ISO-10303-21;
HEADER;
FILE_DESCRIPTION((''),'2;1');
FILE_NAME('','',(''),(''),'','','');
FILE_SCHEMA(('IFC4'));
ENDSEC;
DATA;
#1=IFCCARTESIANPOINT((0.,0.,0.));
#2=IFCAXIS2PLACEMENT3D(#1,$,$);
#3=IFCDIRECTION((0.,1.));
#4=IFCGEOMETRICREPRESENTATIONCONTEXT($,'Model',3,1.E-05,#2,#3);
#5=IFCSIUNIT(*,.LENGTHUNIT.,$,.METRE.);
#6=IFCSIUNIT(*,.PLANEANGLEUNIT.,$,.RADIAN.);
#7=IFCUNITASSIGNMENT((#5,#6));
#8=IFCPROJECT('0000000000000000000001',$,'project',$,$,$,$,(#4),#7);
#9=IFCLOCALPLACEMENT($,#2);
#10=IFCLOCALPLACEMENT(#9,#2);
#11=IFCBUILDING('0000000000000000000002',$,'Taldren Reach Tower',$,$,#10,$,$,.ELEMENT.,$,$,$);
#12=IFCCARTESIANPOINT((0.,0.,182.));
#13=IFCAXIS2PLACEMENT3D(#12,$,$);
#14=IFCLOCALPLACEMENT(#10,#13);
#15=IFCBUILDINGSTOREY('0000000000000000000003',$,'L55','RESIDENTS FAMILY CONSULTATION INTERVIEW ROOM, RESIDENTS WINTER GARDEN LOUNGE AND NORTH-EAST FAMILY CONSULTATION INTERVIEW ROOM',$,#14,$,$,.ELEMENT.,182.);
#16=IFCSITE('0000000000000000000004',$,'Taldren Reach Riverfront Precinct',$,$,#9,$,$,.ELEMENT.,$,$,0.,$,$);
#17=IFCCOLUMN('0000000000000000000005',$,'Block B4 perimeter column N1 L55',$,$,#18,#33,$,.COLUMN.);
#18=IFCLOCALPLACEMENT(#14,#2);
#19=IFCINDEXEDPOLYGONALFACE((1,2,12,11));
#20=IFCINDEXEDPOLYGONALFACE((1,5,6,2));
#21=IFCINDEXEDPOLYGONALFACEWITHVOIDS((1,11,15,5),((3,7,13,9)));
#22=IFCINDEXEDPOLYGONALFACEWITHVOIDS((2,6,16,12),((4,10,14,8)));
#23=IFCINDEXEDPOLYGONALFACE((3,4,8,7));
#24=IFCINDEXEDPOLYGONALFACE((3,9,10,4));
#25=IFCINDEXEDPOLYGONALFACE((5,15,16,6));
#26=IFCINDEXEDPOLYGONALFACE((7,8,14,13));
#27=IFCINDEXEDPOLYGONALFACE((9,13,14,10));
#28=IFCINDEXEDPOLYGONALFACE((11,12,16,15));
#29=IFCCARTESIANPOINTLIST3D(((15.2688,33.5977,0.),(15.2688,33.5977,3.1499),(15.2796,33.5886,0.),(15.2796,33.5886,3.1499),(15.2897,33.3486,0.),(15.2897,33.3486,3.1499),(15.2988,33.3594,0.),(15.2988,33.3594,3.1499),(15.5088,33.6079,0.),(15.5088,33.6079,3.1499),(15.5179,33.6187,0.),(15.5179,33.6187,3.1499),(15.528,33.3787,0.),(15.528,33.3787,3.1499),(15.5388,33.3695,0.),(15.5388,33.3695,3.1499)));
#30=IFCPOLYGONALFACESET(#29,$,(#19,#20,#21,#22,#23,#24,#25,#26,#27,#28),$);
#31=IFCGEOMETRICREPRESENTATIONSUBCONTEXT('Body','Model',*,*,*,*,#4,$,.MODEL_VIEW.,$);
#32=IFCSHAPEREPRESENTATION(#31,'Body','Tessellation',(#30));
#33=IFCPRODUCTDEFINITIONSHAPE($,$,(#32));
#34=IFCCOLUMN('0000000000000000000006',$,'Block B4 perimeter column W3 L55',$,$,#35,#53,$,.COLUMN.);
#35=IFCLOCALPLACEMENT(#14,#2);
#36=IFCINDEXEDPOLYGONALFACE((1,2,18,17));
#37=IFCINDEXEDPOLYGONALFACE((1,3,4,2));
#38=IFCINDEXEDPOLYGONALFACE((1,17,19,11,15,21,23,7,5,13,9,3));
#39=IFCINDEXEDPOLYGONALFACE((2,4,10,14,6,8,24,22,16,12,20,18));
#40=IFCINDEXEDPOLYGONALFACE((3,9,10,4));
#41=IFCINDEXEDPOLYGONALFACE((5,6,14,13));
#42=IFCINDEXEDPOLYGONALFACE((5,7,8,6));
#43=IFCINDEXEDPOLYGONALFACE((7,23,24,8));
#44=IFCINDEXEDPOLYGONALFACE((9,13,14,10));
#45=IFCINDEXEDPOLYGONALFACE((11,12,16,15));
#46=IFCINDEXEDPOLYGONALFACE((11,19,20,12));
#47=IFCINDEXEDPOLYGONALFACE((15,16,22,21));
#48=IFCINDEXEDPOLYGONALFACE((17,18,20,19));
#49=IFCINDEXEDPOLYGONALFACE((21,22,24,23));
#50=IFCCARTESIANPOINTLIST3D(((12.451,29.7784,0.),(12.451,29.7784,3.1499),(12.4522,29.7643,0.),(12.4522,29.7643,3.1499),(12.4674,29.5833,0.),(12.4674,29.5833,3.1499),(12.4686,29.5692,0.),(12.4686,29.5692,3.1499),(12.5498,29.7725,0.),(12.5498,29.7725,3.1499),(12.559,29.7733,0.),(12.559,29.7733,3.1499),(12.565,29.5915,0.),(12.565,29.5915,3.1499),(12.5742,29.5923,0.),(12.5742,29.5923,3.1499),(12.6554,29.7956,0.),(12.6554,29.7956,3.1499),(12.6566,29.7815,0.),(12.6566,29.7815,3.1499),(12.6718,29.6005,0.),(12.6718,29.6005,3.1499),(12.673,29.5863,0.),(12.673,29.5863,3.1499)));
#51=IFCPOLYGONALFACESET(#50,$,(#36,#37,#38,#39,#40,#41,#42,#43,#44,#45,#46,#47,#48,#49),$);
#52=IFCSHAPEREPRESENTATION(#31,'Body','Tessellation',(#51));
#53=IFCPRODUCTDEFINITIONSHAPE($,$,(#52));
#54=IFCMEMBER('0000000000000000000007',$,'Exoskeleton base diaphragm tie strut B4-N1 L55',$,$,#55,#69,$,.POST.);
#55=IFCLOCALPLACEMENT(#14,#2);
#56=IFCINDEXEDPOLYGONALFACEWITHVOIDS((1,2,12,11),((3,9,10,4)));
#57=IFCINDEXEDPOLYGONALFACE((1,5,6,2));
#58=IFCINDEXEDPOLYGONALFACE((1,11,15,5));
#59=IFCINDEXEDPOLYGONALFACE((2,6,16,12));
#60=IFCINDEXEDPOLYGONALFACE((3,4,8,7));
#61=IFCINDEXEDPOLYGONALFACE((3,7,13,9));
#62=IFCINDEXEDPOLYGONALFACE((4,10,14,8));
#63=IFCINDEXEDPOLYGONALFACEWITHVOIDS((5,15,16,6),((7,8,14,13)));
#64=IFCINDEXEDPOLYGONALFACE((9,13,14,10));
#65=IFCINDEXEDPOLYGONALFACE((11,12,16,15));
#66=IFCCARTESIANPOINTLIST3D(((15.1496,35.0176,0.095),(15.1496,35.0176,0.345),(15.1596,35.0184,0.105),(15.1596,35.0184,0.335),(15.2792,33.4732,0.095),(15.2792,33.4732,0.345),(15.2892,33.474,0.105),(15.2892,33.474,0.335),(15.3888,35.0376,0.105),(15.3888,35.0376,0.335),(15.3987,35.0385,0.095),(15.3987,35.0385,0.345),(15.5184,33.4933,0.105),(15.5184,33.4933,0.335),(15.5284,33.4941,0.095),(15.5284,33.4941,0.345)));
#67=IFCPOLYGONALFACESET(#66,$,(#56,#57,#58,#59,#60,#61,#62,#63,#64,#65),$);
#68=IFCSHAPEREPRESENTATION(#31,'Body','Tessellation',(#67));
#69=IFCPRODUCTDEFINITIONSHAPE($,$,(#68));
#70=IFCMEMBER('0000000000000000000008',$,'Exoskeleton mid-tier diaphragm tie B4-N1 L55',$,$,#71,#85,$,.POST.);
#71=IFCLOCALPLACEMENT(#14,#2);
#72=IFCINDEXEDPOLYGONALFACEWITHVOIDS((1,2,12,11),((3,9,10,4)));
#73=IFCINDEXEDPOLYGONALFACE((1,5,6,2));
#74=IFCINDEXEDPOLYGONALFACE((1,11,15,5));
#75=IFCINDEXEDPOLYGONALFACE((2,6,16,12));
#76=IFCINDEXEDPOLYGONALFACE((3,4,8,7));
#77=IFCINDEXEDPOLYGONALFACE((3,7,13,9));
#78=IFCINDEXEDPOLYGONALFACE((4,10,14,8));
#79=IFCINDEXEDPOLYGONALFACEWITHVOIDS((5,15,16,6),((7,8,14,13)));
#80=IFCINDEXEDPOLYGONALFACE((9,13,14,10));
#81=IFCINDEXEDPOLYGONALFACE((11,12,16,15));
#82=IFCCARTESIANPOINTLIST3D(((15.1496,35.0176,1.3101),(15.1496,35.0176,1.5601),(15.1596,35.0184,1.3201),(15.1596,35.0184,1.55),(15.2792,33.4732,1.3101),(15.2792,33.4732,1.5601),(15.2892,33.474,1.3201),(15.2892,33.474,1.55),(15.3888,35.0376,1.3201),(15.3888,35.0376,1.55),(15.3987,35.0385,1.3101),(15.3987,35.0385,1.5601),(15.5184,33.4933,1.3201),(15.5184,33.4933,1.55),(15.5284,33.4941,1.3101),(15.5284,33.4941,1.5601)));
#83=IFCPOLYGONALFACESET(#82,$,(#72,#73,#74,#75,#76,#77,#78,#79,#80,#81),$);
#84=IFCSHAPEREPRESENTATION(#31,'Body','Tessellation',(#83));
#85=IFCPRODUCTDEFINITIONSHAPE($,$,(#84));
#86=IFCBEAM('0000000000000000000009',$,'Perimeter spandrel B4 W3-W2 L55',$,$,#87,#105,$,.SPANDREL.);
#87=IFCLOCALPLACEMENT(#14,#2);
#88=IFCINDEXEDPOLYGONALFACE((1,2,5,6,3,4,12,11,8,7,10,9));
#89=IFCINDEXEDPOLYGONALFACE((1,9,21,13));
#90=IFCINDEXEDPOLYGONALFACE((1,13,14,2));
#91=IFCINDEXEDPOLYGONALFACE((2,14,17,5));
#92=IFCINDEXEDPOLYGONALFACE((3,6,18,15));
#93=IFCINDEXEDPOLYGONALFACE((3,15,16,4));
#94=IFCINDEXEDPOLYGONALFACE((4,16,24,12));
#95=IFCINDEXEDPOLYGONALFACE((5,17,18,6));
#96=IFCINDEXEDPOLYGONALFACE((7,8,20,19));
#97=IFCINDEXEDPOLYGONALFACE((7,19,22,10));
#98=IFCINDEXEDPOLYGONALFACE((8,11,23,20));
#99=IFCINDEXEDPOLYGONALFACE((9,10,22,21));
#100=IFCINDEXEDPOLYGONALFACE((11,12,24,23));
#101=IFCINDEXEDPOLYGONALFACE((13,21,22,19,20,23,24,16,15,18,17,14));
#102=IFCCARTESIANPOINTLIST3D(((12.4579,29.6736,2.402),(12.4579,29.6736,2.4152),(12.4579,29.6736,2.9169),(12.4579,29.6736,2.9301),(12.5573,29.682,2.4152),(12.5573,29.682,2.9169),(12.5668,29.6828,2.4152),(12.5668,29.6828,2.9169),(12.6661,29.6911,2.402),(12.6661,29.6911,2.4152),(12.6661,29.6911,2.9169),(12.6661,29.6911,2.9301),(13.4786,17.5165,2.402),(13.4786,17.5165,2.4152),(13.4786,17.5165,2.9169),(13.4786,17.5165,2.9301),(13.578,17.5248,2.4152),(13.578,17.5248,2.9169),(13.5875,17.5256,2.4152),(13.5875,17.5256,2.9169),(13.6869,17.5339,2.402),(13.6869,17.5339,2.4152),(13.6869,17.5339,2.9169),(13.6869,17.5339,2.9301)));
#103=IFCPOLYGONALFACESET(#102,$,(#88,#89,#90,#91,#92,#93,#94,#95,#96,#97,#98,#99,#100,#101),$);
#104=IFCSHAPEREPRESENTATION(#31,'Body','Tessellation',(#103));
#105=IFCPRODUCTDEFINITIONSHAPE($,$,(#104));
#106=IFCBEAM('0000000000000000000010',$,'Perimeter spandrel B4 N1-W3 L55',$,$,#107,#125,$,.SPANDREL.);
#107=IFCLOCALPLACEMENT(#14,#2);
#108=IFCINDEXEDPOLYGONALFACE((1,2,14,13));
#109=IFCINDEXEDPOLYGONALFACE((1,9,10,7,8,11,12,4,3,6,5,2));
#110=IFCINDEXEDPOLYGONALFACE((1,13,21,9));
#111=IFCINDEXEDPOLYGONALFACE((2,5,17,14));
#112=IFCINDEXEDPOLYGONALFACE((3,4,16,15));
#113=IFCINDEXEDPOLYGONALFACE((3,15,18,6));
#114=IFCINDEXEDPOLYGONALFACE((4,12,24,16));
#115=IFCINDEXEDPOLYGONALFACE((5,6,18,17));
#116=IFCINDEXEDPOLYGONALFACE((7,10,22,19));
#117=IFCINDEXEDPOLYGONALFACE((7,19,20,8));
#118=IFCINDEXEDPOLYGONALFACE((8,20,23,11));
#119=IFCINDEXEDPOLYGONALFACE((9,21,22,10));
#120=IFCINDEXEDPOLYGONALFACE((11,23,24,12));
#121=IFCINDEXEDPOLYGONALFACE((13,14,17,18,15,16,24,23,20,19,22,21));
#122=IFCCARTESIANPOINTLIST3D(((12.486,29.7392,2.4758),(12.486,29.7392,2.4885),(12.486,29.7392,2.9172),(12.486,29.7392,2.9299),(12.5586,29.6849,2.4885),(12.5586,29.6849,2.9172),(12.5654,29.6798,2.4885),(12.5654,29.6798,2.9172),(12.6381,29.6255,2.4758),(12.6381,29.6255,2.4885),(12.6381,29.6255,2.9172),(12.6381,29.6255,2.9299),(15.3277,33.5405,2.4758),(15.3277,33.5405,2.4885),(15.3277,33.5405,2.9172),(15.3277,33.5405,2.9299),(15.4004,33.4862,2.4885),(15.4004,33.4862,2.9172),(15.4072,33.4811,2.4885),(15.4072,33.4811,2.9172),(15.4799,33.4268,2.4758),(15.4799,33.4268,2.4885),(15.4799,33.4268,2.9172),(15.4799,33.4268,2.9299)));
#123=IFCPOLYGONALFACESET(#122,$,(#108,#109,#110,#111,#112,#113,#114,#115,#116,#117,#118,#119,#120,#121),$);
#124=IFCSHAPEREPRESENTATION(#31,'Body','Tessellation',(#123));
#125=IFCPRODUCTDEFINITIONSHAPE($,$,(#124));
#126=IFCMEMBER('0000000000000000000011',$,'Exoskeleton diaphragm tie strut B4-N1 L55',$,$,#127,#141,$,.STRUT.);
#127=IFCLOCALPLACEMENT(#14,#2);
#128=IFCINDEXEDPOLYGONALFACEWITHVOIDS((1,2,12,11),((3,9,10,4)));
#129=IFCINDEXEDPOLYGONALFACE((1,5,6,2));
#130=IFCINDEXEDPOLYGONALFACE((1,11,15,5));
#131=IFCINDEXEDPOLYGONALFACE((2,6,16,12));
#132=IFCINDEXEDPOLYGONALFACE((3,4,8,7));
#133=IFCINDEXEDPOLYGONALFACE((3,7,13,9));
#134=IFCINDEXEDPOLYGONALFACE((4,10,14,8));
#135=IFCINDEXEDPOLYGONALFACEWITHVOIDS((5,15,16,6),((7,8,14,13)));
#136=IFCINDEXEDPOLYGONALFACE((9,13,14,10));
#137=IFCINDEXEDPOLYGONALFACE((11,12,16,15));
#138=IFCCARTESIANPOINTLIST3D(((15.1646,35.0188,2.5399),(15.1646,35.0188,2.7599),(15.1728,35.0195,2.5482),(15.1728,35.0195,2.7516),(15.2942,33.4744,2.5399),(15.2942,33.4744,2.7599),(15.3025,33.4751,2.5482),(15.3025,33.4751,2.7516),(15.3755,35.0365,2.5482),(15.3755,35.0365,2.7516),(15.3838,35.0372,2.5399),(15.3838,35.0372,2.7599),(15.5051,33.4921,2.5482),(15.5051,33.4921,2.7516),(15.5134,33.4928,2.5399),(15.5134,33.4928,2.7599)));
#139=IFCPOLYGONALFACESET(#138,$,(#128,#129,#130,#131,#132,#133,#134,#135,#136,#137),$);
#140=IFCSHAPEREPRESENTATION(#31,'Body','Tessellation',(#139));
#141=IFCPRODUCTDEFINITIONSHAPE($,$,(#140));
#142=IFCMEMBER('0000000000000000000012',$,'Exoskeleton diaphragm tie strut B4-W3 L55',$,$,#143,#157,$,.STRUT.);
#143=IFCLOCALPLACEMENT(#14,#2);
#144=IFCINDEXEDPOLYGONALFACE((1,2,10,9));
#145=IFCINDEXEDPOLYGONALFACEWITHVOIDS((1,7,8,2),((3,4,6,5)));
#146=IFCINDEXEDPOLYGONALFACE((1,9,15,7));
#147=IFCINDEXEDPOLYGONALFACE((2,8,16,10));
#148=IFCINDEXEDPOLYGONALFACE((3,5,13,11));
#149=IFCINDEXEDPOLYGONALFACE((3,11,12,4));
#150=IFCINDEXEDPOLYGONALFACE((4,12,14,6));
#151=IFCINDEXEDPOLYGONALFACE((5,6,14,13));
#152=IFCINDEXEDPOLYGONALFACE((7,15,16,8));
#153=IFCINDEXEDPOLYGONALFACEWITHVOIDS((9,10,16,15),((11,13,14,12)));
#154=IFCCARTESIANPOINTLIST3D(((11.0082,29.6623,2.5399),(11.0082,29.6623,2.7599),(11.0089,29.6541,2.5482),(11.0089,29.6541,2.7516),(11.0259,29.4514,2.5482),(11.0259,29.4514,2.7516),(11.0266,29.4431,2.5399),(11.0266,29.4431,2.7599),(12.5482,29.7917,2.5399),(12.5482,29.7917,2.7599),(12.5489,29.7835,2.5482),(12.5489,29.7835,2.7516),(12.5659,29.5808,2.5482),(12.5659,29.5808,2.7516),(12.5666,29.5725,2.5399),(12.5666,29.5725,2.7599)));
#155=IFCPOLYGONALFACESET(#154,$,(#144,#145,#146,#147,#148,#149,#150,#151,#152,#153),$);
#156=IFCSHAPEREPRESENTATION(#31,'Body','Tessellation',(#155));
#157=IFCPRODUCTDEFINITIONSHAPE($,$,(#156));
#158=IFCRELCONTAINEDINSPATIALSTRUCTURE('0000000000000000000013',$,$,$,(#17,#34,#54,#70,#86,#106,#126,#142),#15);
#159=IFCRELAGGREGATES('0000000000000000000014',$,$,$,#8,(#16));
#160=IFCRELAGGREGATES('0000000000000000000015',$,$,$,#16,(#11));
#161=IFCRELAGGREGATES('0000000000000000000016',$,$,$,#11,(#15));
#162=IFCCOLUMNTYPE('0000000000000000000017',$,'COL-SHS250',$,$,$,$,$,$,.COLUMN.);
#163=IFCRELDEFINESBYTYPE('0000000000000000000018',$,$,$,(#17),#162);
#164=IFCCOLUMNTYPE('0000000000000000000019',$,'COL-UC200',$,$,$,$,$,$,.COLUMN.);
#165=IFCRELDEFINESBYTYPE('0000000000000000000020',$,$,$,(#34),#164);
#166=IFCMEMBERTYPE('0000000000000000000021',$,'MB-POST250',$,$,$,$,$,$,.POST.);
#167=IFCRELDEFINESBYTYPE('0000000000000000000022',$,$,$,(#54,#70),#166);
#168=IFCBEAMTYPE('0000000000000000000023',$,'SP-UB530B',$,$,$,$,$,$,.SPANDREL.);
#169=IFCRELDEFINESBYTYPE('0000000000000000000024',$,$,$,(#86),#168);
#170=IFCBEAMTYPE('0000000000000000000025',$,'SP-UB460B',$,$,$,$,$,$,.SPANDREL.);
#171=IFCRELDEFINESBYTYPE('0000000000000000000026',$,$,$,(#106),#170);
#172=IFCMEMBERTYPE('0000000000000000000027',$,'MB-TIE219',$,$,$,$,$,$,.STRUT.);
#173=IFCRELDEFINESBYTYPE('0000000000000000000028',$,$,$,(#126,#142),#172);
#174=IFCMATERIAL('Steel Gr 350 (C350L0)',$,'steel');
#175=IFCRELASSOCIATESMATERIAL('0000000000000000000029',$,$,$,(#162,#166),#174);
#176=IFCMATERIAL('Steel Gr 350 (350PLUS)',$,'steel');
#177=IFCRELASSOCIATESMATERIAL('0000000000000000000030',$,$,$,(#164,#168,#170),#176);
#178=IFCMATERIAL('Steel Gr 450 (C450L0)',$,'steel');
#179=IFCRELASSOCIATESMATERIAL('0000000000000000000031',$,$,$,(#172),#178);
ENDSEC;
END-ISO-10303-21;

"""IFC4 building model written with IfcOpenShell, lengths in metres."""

from ifc_helpers import new_model, si_unit, direction, frame, origin, origin_2d, place, context, subcontext, project, spatial, hollow_rectangle, i_section, extrude, source, transform, mapped, material, material_profile, profile_set, type_object, element, save


model = new_model("IFC4")

# Units and contexts
model_context = context("Model", 3, precision=1e-05, world=origin(), true_north=direction((0.0, 1.0)))
body_context = subcontext(model_context, "Body", "Model", "MODEL_VIEW")
ifc_project = project(units=[si_unit("LENGTHUNIT", "METRE"), si_unit("PLANEANGLEUNIT", "RADIAN")], contexts=[model_context])

# Site, building, storey
site_placement = place(None, origin())
site = spatial("IfcSite", under=ifc_project, at=site_placement, Name="Taldren Reach Riverfront Precinct", CompositionType="ELEMENT", RefElevation=0.0)
building_placement = place(site_placement, origin())
building = spatial("IfcBuilding", under=site, at=building_placement, Name="Taldren Reach Tower", CompositionType="ELEMENT")
storey_placement = place(building_placement, frame((0.0, 0.0, 182.0)))
storey = spatial("IfcBuildingStorey", under=building, at=storey_placement, Name="L55", Description="RESIDENTS FAMILY CONSULTATION INTERVIEW ROOM, RESIDENTS WINTER GARDEN LOUNGE AND NORTH-EAST FAMILY CONSULTATION INTERVIEW ROOM", CompositionType="ELEMENT", Elevation=182.0)

# Columns
ifc_material_1 = material(Name="Steel Gr 350 (C350L0)", Category="steel")
ifc_material_profile_1 = material_profile(ifc_material_1, hollow_rectangle(XDim=0.25, YDim=0.25, WallThickness=0.01, at=origin_2d()), Name="250x250x10.0SHS")
ifc_profile_set_1 = profile_set([ifc_material_profile_1], Name="Steel Gr 350 (C350L0)")
column_type_1 = type_object("IfcColumnType", Name="COL-SHS250", PredefinedType="COLUMN", material=ifc_profile_set_1)
shared_shape_1 = source(origin(), body_context, "Body", "SweptSolid", [
    extrude(hollow_rectangle(XDim=0.25, YDim=0.25, WallThickness=0.01, at=origin_2d()), origin(), (0.0, 0.0, 1.0), 3.1499),
])
column_1_placement = place(storey_placement, frame((15.4038, 33.4836, 0.0), z_axis=(0.0, 0.0, 1.0), x_axis=(0.996493, 0.083678, 0.0)))
element("IfcColumn", 1, at=column_1_placement, inside=storey, type_object=column_type_1, Name="Block B4 perimeter column N1 L55", PredefinedType="COLUMN", context=body_context, shape_type="MappedRepresentation", body=[
    mapped(shared_shape_1, transform((0.0, 0.0, 0.0), scale=1.0)),
])
ifc_material_2 = material(Name="Steel Gr 350 (350PLUS)", Category="steel")
ifc_material_profile_2 = material_profile(ifc_material_2, i_section(OverallWidth=0.2051, OverallDepth=0.21, WebThickness=0.0093, FlangeThickness=0.0142, at=origin_2d()), Name="200UC59.5")
ifc_profile_set_2 = profile_set([ifc_material_profile_2], Name="Steel Gr 350 (350PLUS)")
column_type_2 = type_object("IfcColumnType", Name="COL-UC200", PredefinedType="COLUMN", material=ifc_profile_set_2)
shared_shape_2 = source(origin(), body_context, "Body", "SweptSolid", [
    extrude(i_section(OverallWidth=0.2051, OverallDepth=0.21, WebThickness=0.0093, FlangeThickness=0.0142, at=origin_2d()), origin(), (0.0, 0.0, 1.0), 3.1499),
])
column_2_placement = place(storey_placement, frame((12.562, 29.6824, 0.0), z_axis=(0.0, 0.0, 1.0), x_axis=(0.996493, 0.083678, 0.0)))
element("IfcColumn", 2, at=column_2_placement, inside=storey, type_object=column_type_2, Name="Block B4 perimeter column W3 L55", PredefinedType="COLUMN", context=body_context, shape_type="MappedRepresentation", body=[
    mapped(shared_shape_2, transform((0.0, 0.0, 0.0), scale=1.0)),
])

# Members
ifc_material_profile_3 = material_profile(ifc_material_1, hollow_rectangle(XDim=0.25, YDim=0.25, WallThickness=0.01, at=origin_2d()), Name="250x250x10.0SHS")
ifc_profile_set_3 = profile_set([ifc_material_profile_3], Name="Steel Gr 350 (C350L0)")
member_type_1 = type_object("IfcMemberType", Name="MB-POST250", PredefinedType="POST", material=ifc_profile_set_3)
shared_shape_3 = source(origin(), body_context, "Body", "SweptSolid", [
    extrude(hollow_rectangle(XDim=0.25, YDim=0.25, WallThickness=0.01, at=origin_2d()), origin(), (0.0, 0.0, 1.0), 1.5498),
])
for number, where, z_axis, x_axis, name in (
    (3, (15.4038, 33.4836, 0.22), (-0.083645, 0.996496, 0.0), (-0.996496, -0.083645, 0.0), "Exoskeleton base diaphragm tie strut B4-N1 L55"),
    (4, (15.4038, 33.4836, 1.4351), (-0.083645, 0.996496, 0.0), (-0.996496, -0.083645, 0.0), "Exoskeleton mid-tier diaphragm tie B4-N1 L55"),
):
    element("IfcMember", number, at=place(storey_placement, frame(where, z_axis=z_axis, x_axis=x_axis)), inside=storey, type_object=member_type_1, Name=name, PredefinedType="POST", context=body_context, shape_type="MappedRepresentation", body=[
        mapped(shared_shape_3, transform((0.0, 0.0, 0.0), scale=1.0)),
    ])

# Beams
ifc_material_profile_4 = material_profile(ifc_material_2, i_section(OverallWidth=0.209, OverallDepth=0.5281, WebThickness=0.0095, FlangeThickness=0.0132, at=origin_2d()), Name="530UB82.0")
ifc_profile_set_4 = profile_set([ifc_material_profile_4], Name="Steel Gr 350 (350PLUS)")
beam_type_1 = type_object("IfcBeamType", Name="SP-UB530B", PredefinedType="SPANDREL", material=ifc_profile_set_4)
shared_shape_4 = source(origin(), body_context, "Body", "SweptSolid", [
    extrude(i_section(OverallWidth=0.209, OverallDepth=0.5281, WebThickness=0.0095, FlangeThickness=0.0132, at=origin_2d()), origin(), (0.0, 0.0, 1.0), 12.2),
])
beam_1_placement = place(storey_placement, frame((12.562, 29.6824, 2.666), z_axis=(0.083668, -0.996494, 0.0), x_axis=(0.996494, 0.083668, 0.0)))
element("IfcBeam", 5, at=beam_1_placement, inside=storey, type_object=beam_type_1, Name="Perimeter spandrel B4 W3-W2 L55", PredefinedType="SPANDREL", context=body_context, shape_type="MappedRepresentation", body=[
    mapped(shared_shape_4, transform((0.0, 0.0, 0.0), scale=1.0)),
])
ifc_material_profile_5 = material_profile(ifc_material_2, i_section(OverallWidth=0.1899, OverallDepth=0.4541, WebThickness=0.0085, FlangeThickness=0.0127, at=origin_2d()), Name="460UB67.1")
ifc_profile_set_5 = profile_set([ifc_material_profile_5], Name="Steel Gr 350 (350PLUS)")
beam_type_2 = type_object("IfcBeamType", Name="SP-UB460B", PredefinedType="SPANDREL", material=ifc_profile_set_5)
shared_shape_5 = source(origin(), body_context, "Body", "SweptSolid", [
    extrude(i_section(OverallWidth=0.1899, OverallDepth=0.4541, WebThickness=0.0085, FlangeThickness=0.0127, at=origin_2d()), origin(), (0.0, 0.0, 1.0), 4.7461),
])
beam_2_placement = place(storey_placement, frame((15.4038, 33.4836, 2.7029), z_axis=(-0.598765, -0.800925, 0.0), x_axis=(0.800925, -0.598765, 0.0)))
element("IfcBeam", 6, at=beam_2_placement, inside=storey, type_object=beam_type_2, Name="Perimeter spandrel B4 N1-W3 L55", PredefinedType="SPANDREL", context=body_context, shape_type="MappedRepresentation", body=[
    mapped(shared_shape_5, transform((0.0, 0.0, 0.0), scale=1.0)),
])

# Members
ifc_material_3 = material(Name="Steel Gr 450 (C450L0)", Category="steel")
ifc_material_profile_6 = material_profile(ifc_material_3, hollow_rectangle(XDim=0.22, YDim=0.22, WallThickness=0.0083, at=origin_2d()), Name="220x220x8.2SHS")
ifc_profile_set_6 = profile_set([ifc_material_profile_6], Name="Steel Gr 450 (C450L0)")
member_type_2 = type_object("IfcMemberType", Name="MB-TIE219", PredefinedType="STRUT", material=ifc_profile_set_6)
shared_shape_6 = source(origin(), body_context, "Body", "SweptSolid", [
    extrude(hollow_rectangle(XDim=0.22, YDim=0.22, WallThickness=0.0083, at=origin_2d()), origin(), (0.0, 0.0, 1.0), 1.5498),
])
member_1_placement = place(storey_placement, frame((15.4038, 33.4836, 2.6499), z_axis=(-0.083645, 0.996496, 0.0), x_axis=(-0.996496, -0.083645, 0.0)))
element("IfcMember", 7, at=member_1_placement, inside=storey, type_object=member_type_2, Name="Exoskeleton diaphragm tie strut B4-N1 L55", PredefinedType="STRUT", context=body_context, shape_type="MappedRepresentation", body=[
    mapped(shared_shape_6, transform((0.0, 0.0, 0.0), scale=1.0)),
])
shared_shape_7 = source(origin(), body_context, "Body", "SweptSolid", [
    extrude(hollow_rectangle(XDim=0.22, YDim=0.22, WallThickness=0.0083, at=origin_2d()), origin(), (0.0, 0.0, 1.0), 1.5454),
])
member_2_placement = place(storey_placement, frame((12.5574, 29.6821, 2.6499), z_axis=(-0.996489, -0.083725, 0.0), x_axis=(0.083725, -0.996489, 0.0)))
element("IfcMember", 8, at=member_2_placement, inside=storey, type_object=member_type_2, Name="Exoskeleton diaphragm tie strut B4-W3 L55", PredefinedType="STRUT", context=body_context, shape_type="MappedRepresentation", body=[
    mapped(shared_shape_7, transform((0.0, 0.0, 0.0), scale=1.0)),
])

save(model, "model.ifc")
